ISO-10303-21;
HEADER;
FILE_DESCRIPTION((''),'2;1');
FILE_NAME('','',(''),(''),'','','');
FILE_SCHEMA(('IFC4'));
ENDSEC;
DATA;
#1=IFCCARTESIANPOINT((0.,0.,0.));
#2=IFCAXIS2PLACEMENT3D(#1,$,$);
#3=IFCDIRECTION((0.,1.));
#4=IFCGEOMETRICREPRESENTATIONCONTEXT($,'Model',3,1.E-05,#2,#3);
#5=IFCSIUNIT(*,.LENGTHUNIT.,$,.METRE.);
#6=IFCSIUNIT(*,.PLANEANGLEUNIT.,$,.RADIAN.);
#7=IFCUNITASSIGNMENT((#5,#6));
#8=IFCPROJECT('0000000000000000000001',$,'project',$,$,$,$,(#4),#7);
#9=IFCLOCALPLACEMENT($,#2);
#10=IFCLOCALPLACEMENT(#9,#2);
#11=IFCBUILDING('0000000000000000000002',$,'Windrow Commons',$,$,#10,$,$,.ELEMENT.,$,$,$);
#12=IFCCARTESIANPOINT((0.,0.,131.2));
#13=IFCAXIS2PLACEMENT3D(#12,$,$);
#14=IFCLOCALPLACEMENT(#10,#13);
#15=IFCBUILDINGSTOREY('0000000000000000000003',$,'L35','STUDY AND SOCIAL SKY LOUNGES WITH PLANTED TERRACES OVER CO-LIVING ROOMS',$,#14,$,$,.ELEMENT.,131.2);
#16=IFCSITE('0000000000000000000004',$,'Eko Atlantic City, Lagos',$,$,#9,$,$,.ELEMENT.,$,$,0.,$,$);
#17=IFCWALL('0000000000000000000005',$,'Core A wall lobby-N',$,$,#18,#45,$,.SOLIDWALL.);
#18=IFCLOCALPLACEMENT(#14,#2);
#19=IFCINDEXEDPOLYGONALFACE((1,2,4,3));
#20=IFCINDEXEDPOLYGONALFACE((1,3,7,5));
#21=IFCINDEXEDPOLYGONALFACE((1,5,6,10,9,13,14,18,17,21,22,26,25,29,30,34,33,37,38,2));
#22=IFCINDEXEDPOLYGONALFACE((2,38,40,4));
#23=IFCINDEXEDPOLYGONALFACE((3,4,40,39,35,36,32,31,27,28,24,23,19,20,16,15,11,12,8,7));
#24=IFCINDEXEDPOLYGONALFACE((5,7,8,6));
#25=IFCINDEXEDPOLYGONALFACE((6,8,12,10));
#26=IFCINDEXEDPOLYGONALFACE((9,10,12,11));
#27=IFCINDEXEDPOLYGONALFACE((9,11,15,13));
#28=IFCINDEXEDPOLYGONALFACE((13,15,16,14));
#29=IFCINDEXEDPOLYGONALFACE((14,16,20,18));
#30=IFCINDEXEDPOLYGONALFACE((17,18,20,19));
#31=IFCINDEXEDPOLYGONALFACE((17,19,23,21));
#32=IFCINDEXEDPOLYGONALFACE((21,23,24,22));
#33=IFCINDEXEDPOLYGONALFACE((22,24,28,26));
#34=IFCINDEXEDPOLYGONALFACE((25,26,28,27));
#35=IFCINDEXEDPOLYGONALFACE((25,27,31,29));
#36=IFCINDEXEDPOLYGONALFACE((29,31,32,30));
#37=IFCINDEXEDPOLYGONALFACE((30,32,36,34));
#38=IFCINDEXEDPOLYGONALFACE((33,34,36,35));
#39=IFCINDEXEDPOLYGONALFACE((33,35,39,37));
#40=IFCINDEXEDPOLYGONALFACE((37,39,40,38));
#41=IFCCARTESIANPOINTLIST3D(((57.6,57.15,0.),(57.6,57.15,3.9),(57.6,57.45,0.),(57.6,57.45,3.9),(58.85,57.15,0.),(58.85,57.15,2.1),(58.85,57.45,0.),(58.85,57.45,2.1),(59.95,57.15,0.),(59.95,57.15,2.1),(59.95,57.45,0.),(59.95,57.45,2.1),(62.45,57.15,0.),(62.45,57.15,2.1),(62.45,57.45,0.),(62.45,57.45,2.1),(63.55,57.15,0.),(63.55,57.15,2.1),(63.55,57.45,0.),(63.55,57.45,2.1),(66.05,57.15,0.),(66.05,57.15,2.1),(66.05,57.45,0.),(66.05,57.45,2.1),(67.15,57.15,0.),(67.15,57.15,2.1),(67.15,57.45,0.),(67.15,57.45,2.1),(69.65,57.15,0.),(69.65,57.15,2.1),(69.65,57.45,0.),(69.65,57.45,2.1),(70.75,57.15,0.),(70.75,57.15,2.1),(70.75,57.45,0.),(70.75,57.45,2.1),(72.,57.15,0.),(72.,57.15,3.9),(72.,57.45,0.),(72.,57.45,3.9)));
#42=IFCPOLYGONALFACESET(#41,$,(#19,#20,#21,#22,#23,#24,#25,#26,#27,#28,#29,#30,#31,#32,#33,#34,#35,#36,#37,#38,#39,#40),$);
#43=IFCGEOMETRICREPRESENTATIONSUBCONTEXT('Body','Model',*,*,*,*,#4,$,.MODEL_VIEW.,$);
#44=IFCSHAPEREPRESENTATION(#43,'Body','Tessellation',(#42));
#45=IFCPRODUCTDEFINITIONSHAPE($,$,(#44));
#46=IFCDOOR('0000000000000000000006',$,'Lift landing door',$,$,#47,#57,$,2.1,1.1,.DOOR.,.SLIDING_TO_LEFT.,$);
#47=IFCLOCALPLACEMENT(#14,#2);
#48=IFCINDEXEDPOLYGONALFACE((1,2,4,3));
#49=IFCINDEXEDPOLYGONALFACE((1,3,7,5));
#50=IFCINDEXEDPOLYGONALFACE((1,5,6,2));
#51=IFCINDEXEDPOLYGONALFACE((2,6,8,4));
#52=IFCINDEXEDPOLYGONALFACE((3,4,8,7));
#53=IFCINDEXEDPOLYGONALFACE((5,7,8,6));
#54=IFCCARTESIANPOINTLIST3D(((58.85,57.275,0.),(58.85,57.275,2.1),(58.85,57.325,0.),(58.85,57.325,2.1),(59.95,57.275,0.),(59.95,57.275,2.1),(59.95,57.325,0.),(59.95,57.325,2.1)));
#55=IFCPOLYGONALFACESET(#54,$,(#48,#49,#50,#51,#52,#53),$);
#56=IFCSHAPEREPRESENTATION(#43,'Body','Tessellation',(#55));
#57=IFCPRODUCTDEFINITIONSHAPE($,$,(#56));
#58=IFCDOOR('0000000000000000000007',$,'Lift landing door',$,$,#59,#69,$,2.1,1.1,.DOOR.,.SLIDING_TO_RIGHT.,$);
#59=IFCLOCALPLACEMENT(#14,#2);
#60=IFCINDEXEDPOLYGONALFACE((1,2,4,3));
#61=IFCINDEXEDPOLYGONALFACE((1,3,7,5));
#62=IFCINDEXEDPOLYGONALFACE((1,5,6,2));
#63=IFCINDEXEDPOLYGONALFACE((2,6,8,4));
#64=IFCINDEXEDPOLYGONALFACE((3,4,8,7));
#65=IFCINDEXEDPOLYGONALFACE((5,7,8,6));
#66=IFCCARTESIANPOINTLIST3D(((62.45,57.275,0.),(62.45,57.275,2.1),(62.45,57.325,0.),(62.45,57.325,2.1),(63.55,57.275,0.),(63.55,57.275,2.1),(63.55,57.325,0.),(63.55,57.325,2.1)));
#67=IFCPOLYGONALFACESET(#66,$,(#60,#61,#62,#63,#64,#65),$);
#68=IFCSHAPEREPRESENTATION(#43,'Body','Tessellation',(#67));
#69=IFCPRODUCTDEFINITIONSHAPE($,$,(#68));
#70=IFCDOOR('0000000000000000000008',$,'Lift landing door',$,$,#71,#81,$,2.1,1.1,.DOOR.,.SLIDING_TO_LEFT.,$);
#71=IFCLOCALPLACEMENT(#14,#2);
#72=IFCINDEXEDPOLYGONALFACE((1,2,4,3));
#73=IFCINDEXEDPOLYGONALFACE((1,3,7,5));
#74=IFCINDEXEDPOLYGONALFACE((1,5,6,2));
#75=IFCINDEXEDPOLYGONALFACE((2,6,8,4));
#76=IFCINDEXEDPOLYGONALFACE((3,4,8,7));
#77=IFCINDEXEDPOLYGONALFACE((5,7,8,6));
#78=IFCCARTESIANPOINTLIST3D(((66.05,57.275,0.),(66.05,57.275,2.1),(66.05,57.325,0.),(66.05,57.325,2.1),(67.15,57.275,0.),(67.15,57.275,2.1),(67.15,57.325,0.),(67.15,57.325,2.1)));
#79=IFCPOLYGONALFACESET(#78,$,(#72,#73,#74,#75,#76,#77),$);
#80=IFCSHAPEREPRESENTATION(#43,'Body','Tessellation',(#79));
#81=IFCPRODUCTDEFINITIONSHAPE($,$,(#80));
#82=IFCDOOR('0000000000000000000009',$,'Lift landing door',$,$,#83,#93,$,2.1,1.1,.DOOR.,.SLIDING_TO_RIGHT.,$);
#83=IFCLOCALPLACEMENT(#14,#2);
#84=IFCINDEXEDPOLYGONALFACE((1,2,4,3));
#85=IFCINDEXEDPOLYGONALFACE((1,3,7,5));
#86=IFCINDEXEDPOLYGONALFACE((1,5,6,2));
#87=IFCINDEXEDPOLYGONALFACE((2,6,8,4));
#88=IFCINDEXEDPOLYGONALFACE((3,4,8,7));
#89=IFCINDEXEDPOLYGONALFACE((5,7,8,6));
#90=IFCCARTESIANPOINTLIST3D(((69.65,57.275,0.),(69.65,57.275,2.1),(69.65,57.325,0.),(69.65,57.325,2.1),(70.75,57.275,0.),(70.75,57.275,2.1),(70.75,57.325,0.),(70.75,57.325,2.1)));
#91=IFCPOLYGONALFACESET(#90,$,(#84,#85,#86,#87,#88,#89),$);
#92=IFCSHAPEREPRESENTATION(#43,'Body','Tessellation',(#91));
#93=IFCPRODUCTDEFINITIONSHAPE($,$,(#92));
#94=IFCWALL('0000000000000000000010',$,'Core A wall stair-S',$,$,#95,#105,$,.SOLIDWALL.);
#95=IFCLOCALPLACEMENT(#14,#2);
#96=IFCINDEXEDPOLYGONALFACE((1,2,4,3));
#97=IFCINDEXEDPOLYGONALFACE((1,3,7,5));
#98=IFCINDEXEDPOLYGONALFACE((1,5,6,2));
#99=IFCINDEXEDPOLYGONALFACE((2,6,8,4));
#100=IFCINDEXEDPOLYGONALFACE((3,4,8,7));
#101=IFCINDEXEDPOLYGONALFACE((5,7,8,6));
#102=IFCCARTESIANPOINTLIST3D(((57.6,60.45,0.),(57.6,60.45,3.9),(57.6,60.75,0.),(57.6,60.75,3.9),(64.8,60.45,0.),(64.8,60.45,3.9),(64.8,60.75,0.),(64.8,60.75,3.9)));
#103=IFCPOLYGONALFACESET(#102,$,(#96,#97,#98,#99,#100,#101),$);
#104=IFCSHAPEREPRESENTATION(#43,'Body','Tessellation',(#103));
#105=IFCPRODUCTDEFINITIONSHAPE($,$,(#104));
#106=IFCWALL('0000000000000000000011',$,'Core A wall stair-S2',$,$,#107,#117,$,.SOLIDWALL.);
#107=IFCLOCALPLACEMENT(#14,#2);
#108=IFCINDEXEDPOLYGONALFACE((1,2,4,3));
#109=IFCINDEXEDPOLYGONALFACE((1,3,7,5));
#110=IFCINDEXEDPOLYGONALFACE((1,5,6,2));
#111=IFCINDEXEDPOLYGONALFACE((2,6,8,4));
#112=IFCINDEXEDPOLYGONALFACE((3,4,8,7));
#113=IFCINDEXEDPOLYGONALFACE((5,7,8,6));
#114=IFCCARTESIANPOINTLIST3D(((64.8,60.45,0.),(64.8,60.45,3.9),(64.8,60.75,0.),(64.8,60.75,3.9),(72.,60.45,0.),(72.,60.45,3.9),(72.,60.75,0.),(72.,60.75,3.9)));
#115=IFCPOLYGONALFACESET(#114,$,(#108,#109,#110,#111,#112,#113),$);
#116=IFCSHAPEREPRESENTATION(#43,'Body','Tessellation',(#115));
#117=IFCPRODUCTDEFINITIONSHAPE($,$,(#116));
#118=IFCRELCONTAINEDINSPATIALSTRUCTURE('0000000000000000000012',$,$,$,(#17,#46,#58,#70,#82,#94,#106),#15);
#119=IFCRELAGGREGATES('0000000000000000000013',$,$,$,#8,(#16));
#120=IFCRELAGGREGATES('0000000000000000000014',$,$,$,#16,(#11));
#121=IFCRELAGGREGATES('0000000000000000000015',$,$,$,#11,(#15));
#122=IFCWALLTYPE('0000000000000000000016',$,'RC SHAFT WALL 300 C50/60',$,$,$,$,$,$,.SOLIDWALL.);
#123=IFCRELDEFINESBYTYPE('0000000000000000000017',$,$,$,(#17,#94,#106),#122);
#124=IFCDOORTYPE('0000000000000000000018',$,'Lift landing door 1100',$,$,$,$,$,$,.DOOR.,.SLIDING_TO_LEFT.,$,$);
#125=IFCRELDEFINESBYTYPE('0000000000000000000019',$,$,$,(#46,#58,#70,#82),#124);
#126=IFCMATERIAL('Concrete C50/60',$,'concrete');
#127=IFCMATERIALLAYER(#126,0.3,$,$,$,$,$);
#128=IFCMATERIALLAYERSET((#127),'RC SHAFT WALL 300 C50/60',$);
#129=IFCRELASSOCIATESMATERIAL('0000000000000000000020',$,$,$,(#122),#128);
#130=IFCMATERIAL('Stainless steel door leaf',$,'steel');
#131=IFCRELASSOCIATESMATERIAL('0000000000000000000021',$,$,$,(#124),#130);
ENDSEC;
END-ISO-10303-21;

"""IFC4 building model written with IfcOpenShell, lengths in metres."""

from ifc_helpers import new_model, si_unit, direction, frame, frame_2d, origin, place, context, subcontext, project, spatial, rectangle, extrude, material, layer, layer_set, type_object, element, fill, save


model = new_model("IFC4")

# Units and contexts
model_context = context("Model", 3, precision=1e-05, world=origin(), true_north=direction((0.0, 1.0)))
body_context = subcontext(model_context, "Body", "Model", "MODEL_VIEW")
ifc_project = project(units=[si_unit("LENGTHUNIT", "METRE"), si_unit("PLANEANGLEUNIT", "RADIAN")], contexts=[model_context])

# Site, building, storey
site_placement = place(None, origin())
site = spatial("IfcSite", under=ifc_project, at=site_placement, Name="Eko Atlantic City, Lagos", CompositionType="ELEMENT", RefElevation=0.0)
building_placement = place(site_placement, origin())
building = spatial("IfcBuilding", under=site, at=building_placement, Name="Windrow Commons", CompositionType="ELEMENT")
storey_placement = place(building_placement, frame((0.0, 0.0, 131.2)))
storey = spatial("IfcBuildingStorey", under=building, at=storey_placement, Name="L35", Description="STUDY AND SOCIAL SKY LOUNGES WITH PLANTED TERRACES OVER CO-LIVING ROOMS", CompositionType="ELEMENT", Elevation=131.2)

# Shared definitions
ifc_material_1 = material(Name="Concrete C50/60", Category="concrete")
ifc_layer_1 = layer(ifc_material_1, 0.3)
ifc_layer_set_1 = layer_set([ifc_layer_1], Name="RC SHAFT WALL 300 C50/60")
wall_type_1 = type_object("IfcWallType", Name="RC SHAFT WALL 300 C50/60", PredefinedType="SOLIDWALL", material=ifc_layer_set_1)

# Wall, openings, doors
ifc_material_2 = material(Name="Stainless steel door leaf", Category="steel")
door_type = type_object("IfcDoorType", Name="Lift landing door 1100", OperationType="SLIDING_TO_LEFT", PredefinedType="DOOR", material=ifc_material_2)
wall_1_placement = place(storey_placement, frame((57.6, 57.3, 0.0), z_axis=(0.0, 0.0, 1.0), x_axis=(1.0, 0.0, 0.0)))
wall_1 = element("IfcWall", 1, at=wall_1_placement, inside=storey, type_object=wall_type_1, Name="Core A wall lobby-N", PredefinedType="SOLIDWALL", context=body_context, shape_type="SweptSolid", body=[
    extrude(rectangle(XDim=14.4, YDim=0.3, at=frame_2d((7.2, 0.0))), origin(), (0.0, 0.0, 1.0), 3.9),
])
opening_1_placement = place(wall_1_placement, frame((1.25, 0.0, 0.0)))
opening_1 = element("IfcOpeningElement", 2, at=opening_1_placement, cuts=wall_1, PredefinedType="OPENING", context=body_context, shape_type="SweptSolid", body=[
    extrude(rectangle(XDim=1.1, YDim=2.1, at=frame_2d((0.55, 1.05))), frame((0.0, 0.16, 0.0), z_axis=(0.0, -1.0, 0.0), x_axis=(1.0, 0.0, 0.0)), (0.0, 0.0, 1.0), 0.32),
])
opening_2_placement = place(wall_1_placement, frame((4.85, 0.0, 0.0)))
opening_2 = element("IfcOpeningElement", 3, at=opening_2_placement, cuts=wall_1, PredefinedType="OPENING", context=body_context, shape_type="SweptSolid", body=[
    extrude(rectangle(XDim=1.1, YDim=2.1, at=frame_2d((0.55, 1.05))), frame((0.0, 0.16, 0.0), z_axis=(0.0, -1.0, 0.0), x_axis=(1.0, 0.0, 0.0)), (0.0, 0.0, 1.0), 0.32),
])
opening_3_placement = place(wall_1_placement, frame((8.45, 0.0, 0.0)))
opening_3 = element("IfcOpeningElement", 4, at=opening_3_placement, cuts=wall_1, PredefinedType="OPENING", context=body_context, shape_type="SweptSolid", body=[
    extrude(rectangle(XDim=1.1, YDim=2.1, at=frame_2d((0.55, 1.05))), frame((0.0, 0.16, 0.0), z_axis=(0.0, -1.0, 0.0), x_axis=(1.0, 0.0, 0.0)), (0.0, 0.0, 1.0), 0.32),
])
opening_4_placement = place(wall_1_placement, frame((12.05, 0.0, 0.0)))
opening_4 = element("IfcOpeningElement", 5, at=opening_4_placement, cuts=wall_1, PredefinedType="OPENING", context=body_context, shape_type="SweptSolid", body=[
    extrude(rectangle(XDim=1.1, YDim=2.1, at=frame_2d((0.55, 1.05))), frame((0.0, 0.16, 0.0), z_axis=(0.0, -1.0, 0.0), x_axis=(1.0, 0.0, 0.0)), (0.0, 0.0, 1.0), 0.32),
])
door_1_placement = place(opening_1_placement, origin())
door_1 = element("IfcDoor", 6, at=door_1_placement, inside=storey, type_object=door_type, Name="Lift landing door", OperationType="SLIDING_TO_LEFT", OverallHeight=2.1, OverallWidth=1.1, PredefinedType="DOOR", context=body_context, shape_type="SweptSolid", body=[
    extrude(rectangle(XDim=1.1, YDim=2.1, at=frame_2d((0.55, 1.05))), frame((0.0, 0.025, 0.0), z_axis=(0.0, -1.0, 0.0), x_axis=(1.0, 0.0, 0.0)), (0.0, 0.0, 1.0), 0.05),
])
fill(opening_1, door_1)
door_2_placement = place(opening_2_placement, origin())
door_2 = element("IfcDoor", 7, at=door_2_placement, inside=storey, type_object=door_type, Name="Lift landing door", OperationType="SLIDING_TO_RIGHT", OverallHeight=2.1, OverallWidth=1.1, PredefinedType="DOOR", context=body_context, shape_type="SweptSolid", body=[
    extrude(rectangle(XDim=1.1, YDim=2.1, at=frame_2d((0.55, 1.05))), frame((0.0, 0.025, 0.0), z_axis=(0.0, -1.0, 0.0), x_axis=(1.0, 0.0, 0.0)), (0.0, 0.0, 1.0), 0.05),
])
fill(opening_2, door_2)
door_3_placement = place(opening_3_placement, origin())
door_3 = element("IfcDoor", 8, at=door_3_placement, inside=storey, type_object=door_type, Name="Lift landing door", OperationType="SLIDING_TO_LEFT", OverallHeight=2.1, OverallWidth=1.1, PredefinedType="DOOR", context=body_context, shape_type="SweptSolid", body=[
    extrude(rectangle(XDim=1.1, YDim=2.1, at=frame_2d((0.55, 1.05))), frame((0.0, 0.025, 0.0), z_axis=(0.0, -1.0, 0.0), x_axis=(1.0, 0.0, 0.0)), (0.0, 0.0, 1.0), 0.05),
])
fill(opening_3, door_3)
door_4_placement = place(opening_4_placement, origin())
door_4 = element("IfcDoor", 9, at=door_4_placement, inside=storey, type_object=door_type, Name="Lift landing door", OperationType="SLIDING_TO_RIGHT", OverallHeight=2.1, OverallWidth=1.1, PredefinedType="DOOR", context=body_context, shape_type="SweptSolid", body=[
    extrude(rectangle(XDim=1.1, YDim=2.1, at=frame_2d((0.55, 1.05))), frame((0.0, 0.025, 0.0), z_axis=(0.0, -1.0, 0.0), x_axis=(1.0, 0.0, 0.0)), (0.0, 0.0, 1.0), 0.05),
])
fill(opening_4, door_4)

# Walls
for number, where, z_axis, x_axis, name in (
    (10, (57.6, 60.6, 0.0), (0.0, 0.0, 1.0), (1.0, 0.0, 0.0), "Core A wall stair-S"),
    (11, (64.8, 60.6, 0.0), (0.0, 0.0, 1.0), (1.0, 0.0, 0.0), "Core A wall stair-S2"),
):
    element("IfcWall", number, at=place(storey_placement, frame(where, z_axis=z_axis, x_axis=x_axis)), inside=storey, type_object=wall_type_1, Name=name, PredefinedType="SOLIDWALL", context=body_context, shape_type="SweptSolid", body=[
        extrude(rectangle(XDim=7.2, YDim=0.3, at=frame_2d((3.6, 0.0))), origin(), (0.0, 0.0, 1.0), 3.9),
    ])

save(model, "model.ifc")
